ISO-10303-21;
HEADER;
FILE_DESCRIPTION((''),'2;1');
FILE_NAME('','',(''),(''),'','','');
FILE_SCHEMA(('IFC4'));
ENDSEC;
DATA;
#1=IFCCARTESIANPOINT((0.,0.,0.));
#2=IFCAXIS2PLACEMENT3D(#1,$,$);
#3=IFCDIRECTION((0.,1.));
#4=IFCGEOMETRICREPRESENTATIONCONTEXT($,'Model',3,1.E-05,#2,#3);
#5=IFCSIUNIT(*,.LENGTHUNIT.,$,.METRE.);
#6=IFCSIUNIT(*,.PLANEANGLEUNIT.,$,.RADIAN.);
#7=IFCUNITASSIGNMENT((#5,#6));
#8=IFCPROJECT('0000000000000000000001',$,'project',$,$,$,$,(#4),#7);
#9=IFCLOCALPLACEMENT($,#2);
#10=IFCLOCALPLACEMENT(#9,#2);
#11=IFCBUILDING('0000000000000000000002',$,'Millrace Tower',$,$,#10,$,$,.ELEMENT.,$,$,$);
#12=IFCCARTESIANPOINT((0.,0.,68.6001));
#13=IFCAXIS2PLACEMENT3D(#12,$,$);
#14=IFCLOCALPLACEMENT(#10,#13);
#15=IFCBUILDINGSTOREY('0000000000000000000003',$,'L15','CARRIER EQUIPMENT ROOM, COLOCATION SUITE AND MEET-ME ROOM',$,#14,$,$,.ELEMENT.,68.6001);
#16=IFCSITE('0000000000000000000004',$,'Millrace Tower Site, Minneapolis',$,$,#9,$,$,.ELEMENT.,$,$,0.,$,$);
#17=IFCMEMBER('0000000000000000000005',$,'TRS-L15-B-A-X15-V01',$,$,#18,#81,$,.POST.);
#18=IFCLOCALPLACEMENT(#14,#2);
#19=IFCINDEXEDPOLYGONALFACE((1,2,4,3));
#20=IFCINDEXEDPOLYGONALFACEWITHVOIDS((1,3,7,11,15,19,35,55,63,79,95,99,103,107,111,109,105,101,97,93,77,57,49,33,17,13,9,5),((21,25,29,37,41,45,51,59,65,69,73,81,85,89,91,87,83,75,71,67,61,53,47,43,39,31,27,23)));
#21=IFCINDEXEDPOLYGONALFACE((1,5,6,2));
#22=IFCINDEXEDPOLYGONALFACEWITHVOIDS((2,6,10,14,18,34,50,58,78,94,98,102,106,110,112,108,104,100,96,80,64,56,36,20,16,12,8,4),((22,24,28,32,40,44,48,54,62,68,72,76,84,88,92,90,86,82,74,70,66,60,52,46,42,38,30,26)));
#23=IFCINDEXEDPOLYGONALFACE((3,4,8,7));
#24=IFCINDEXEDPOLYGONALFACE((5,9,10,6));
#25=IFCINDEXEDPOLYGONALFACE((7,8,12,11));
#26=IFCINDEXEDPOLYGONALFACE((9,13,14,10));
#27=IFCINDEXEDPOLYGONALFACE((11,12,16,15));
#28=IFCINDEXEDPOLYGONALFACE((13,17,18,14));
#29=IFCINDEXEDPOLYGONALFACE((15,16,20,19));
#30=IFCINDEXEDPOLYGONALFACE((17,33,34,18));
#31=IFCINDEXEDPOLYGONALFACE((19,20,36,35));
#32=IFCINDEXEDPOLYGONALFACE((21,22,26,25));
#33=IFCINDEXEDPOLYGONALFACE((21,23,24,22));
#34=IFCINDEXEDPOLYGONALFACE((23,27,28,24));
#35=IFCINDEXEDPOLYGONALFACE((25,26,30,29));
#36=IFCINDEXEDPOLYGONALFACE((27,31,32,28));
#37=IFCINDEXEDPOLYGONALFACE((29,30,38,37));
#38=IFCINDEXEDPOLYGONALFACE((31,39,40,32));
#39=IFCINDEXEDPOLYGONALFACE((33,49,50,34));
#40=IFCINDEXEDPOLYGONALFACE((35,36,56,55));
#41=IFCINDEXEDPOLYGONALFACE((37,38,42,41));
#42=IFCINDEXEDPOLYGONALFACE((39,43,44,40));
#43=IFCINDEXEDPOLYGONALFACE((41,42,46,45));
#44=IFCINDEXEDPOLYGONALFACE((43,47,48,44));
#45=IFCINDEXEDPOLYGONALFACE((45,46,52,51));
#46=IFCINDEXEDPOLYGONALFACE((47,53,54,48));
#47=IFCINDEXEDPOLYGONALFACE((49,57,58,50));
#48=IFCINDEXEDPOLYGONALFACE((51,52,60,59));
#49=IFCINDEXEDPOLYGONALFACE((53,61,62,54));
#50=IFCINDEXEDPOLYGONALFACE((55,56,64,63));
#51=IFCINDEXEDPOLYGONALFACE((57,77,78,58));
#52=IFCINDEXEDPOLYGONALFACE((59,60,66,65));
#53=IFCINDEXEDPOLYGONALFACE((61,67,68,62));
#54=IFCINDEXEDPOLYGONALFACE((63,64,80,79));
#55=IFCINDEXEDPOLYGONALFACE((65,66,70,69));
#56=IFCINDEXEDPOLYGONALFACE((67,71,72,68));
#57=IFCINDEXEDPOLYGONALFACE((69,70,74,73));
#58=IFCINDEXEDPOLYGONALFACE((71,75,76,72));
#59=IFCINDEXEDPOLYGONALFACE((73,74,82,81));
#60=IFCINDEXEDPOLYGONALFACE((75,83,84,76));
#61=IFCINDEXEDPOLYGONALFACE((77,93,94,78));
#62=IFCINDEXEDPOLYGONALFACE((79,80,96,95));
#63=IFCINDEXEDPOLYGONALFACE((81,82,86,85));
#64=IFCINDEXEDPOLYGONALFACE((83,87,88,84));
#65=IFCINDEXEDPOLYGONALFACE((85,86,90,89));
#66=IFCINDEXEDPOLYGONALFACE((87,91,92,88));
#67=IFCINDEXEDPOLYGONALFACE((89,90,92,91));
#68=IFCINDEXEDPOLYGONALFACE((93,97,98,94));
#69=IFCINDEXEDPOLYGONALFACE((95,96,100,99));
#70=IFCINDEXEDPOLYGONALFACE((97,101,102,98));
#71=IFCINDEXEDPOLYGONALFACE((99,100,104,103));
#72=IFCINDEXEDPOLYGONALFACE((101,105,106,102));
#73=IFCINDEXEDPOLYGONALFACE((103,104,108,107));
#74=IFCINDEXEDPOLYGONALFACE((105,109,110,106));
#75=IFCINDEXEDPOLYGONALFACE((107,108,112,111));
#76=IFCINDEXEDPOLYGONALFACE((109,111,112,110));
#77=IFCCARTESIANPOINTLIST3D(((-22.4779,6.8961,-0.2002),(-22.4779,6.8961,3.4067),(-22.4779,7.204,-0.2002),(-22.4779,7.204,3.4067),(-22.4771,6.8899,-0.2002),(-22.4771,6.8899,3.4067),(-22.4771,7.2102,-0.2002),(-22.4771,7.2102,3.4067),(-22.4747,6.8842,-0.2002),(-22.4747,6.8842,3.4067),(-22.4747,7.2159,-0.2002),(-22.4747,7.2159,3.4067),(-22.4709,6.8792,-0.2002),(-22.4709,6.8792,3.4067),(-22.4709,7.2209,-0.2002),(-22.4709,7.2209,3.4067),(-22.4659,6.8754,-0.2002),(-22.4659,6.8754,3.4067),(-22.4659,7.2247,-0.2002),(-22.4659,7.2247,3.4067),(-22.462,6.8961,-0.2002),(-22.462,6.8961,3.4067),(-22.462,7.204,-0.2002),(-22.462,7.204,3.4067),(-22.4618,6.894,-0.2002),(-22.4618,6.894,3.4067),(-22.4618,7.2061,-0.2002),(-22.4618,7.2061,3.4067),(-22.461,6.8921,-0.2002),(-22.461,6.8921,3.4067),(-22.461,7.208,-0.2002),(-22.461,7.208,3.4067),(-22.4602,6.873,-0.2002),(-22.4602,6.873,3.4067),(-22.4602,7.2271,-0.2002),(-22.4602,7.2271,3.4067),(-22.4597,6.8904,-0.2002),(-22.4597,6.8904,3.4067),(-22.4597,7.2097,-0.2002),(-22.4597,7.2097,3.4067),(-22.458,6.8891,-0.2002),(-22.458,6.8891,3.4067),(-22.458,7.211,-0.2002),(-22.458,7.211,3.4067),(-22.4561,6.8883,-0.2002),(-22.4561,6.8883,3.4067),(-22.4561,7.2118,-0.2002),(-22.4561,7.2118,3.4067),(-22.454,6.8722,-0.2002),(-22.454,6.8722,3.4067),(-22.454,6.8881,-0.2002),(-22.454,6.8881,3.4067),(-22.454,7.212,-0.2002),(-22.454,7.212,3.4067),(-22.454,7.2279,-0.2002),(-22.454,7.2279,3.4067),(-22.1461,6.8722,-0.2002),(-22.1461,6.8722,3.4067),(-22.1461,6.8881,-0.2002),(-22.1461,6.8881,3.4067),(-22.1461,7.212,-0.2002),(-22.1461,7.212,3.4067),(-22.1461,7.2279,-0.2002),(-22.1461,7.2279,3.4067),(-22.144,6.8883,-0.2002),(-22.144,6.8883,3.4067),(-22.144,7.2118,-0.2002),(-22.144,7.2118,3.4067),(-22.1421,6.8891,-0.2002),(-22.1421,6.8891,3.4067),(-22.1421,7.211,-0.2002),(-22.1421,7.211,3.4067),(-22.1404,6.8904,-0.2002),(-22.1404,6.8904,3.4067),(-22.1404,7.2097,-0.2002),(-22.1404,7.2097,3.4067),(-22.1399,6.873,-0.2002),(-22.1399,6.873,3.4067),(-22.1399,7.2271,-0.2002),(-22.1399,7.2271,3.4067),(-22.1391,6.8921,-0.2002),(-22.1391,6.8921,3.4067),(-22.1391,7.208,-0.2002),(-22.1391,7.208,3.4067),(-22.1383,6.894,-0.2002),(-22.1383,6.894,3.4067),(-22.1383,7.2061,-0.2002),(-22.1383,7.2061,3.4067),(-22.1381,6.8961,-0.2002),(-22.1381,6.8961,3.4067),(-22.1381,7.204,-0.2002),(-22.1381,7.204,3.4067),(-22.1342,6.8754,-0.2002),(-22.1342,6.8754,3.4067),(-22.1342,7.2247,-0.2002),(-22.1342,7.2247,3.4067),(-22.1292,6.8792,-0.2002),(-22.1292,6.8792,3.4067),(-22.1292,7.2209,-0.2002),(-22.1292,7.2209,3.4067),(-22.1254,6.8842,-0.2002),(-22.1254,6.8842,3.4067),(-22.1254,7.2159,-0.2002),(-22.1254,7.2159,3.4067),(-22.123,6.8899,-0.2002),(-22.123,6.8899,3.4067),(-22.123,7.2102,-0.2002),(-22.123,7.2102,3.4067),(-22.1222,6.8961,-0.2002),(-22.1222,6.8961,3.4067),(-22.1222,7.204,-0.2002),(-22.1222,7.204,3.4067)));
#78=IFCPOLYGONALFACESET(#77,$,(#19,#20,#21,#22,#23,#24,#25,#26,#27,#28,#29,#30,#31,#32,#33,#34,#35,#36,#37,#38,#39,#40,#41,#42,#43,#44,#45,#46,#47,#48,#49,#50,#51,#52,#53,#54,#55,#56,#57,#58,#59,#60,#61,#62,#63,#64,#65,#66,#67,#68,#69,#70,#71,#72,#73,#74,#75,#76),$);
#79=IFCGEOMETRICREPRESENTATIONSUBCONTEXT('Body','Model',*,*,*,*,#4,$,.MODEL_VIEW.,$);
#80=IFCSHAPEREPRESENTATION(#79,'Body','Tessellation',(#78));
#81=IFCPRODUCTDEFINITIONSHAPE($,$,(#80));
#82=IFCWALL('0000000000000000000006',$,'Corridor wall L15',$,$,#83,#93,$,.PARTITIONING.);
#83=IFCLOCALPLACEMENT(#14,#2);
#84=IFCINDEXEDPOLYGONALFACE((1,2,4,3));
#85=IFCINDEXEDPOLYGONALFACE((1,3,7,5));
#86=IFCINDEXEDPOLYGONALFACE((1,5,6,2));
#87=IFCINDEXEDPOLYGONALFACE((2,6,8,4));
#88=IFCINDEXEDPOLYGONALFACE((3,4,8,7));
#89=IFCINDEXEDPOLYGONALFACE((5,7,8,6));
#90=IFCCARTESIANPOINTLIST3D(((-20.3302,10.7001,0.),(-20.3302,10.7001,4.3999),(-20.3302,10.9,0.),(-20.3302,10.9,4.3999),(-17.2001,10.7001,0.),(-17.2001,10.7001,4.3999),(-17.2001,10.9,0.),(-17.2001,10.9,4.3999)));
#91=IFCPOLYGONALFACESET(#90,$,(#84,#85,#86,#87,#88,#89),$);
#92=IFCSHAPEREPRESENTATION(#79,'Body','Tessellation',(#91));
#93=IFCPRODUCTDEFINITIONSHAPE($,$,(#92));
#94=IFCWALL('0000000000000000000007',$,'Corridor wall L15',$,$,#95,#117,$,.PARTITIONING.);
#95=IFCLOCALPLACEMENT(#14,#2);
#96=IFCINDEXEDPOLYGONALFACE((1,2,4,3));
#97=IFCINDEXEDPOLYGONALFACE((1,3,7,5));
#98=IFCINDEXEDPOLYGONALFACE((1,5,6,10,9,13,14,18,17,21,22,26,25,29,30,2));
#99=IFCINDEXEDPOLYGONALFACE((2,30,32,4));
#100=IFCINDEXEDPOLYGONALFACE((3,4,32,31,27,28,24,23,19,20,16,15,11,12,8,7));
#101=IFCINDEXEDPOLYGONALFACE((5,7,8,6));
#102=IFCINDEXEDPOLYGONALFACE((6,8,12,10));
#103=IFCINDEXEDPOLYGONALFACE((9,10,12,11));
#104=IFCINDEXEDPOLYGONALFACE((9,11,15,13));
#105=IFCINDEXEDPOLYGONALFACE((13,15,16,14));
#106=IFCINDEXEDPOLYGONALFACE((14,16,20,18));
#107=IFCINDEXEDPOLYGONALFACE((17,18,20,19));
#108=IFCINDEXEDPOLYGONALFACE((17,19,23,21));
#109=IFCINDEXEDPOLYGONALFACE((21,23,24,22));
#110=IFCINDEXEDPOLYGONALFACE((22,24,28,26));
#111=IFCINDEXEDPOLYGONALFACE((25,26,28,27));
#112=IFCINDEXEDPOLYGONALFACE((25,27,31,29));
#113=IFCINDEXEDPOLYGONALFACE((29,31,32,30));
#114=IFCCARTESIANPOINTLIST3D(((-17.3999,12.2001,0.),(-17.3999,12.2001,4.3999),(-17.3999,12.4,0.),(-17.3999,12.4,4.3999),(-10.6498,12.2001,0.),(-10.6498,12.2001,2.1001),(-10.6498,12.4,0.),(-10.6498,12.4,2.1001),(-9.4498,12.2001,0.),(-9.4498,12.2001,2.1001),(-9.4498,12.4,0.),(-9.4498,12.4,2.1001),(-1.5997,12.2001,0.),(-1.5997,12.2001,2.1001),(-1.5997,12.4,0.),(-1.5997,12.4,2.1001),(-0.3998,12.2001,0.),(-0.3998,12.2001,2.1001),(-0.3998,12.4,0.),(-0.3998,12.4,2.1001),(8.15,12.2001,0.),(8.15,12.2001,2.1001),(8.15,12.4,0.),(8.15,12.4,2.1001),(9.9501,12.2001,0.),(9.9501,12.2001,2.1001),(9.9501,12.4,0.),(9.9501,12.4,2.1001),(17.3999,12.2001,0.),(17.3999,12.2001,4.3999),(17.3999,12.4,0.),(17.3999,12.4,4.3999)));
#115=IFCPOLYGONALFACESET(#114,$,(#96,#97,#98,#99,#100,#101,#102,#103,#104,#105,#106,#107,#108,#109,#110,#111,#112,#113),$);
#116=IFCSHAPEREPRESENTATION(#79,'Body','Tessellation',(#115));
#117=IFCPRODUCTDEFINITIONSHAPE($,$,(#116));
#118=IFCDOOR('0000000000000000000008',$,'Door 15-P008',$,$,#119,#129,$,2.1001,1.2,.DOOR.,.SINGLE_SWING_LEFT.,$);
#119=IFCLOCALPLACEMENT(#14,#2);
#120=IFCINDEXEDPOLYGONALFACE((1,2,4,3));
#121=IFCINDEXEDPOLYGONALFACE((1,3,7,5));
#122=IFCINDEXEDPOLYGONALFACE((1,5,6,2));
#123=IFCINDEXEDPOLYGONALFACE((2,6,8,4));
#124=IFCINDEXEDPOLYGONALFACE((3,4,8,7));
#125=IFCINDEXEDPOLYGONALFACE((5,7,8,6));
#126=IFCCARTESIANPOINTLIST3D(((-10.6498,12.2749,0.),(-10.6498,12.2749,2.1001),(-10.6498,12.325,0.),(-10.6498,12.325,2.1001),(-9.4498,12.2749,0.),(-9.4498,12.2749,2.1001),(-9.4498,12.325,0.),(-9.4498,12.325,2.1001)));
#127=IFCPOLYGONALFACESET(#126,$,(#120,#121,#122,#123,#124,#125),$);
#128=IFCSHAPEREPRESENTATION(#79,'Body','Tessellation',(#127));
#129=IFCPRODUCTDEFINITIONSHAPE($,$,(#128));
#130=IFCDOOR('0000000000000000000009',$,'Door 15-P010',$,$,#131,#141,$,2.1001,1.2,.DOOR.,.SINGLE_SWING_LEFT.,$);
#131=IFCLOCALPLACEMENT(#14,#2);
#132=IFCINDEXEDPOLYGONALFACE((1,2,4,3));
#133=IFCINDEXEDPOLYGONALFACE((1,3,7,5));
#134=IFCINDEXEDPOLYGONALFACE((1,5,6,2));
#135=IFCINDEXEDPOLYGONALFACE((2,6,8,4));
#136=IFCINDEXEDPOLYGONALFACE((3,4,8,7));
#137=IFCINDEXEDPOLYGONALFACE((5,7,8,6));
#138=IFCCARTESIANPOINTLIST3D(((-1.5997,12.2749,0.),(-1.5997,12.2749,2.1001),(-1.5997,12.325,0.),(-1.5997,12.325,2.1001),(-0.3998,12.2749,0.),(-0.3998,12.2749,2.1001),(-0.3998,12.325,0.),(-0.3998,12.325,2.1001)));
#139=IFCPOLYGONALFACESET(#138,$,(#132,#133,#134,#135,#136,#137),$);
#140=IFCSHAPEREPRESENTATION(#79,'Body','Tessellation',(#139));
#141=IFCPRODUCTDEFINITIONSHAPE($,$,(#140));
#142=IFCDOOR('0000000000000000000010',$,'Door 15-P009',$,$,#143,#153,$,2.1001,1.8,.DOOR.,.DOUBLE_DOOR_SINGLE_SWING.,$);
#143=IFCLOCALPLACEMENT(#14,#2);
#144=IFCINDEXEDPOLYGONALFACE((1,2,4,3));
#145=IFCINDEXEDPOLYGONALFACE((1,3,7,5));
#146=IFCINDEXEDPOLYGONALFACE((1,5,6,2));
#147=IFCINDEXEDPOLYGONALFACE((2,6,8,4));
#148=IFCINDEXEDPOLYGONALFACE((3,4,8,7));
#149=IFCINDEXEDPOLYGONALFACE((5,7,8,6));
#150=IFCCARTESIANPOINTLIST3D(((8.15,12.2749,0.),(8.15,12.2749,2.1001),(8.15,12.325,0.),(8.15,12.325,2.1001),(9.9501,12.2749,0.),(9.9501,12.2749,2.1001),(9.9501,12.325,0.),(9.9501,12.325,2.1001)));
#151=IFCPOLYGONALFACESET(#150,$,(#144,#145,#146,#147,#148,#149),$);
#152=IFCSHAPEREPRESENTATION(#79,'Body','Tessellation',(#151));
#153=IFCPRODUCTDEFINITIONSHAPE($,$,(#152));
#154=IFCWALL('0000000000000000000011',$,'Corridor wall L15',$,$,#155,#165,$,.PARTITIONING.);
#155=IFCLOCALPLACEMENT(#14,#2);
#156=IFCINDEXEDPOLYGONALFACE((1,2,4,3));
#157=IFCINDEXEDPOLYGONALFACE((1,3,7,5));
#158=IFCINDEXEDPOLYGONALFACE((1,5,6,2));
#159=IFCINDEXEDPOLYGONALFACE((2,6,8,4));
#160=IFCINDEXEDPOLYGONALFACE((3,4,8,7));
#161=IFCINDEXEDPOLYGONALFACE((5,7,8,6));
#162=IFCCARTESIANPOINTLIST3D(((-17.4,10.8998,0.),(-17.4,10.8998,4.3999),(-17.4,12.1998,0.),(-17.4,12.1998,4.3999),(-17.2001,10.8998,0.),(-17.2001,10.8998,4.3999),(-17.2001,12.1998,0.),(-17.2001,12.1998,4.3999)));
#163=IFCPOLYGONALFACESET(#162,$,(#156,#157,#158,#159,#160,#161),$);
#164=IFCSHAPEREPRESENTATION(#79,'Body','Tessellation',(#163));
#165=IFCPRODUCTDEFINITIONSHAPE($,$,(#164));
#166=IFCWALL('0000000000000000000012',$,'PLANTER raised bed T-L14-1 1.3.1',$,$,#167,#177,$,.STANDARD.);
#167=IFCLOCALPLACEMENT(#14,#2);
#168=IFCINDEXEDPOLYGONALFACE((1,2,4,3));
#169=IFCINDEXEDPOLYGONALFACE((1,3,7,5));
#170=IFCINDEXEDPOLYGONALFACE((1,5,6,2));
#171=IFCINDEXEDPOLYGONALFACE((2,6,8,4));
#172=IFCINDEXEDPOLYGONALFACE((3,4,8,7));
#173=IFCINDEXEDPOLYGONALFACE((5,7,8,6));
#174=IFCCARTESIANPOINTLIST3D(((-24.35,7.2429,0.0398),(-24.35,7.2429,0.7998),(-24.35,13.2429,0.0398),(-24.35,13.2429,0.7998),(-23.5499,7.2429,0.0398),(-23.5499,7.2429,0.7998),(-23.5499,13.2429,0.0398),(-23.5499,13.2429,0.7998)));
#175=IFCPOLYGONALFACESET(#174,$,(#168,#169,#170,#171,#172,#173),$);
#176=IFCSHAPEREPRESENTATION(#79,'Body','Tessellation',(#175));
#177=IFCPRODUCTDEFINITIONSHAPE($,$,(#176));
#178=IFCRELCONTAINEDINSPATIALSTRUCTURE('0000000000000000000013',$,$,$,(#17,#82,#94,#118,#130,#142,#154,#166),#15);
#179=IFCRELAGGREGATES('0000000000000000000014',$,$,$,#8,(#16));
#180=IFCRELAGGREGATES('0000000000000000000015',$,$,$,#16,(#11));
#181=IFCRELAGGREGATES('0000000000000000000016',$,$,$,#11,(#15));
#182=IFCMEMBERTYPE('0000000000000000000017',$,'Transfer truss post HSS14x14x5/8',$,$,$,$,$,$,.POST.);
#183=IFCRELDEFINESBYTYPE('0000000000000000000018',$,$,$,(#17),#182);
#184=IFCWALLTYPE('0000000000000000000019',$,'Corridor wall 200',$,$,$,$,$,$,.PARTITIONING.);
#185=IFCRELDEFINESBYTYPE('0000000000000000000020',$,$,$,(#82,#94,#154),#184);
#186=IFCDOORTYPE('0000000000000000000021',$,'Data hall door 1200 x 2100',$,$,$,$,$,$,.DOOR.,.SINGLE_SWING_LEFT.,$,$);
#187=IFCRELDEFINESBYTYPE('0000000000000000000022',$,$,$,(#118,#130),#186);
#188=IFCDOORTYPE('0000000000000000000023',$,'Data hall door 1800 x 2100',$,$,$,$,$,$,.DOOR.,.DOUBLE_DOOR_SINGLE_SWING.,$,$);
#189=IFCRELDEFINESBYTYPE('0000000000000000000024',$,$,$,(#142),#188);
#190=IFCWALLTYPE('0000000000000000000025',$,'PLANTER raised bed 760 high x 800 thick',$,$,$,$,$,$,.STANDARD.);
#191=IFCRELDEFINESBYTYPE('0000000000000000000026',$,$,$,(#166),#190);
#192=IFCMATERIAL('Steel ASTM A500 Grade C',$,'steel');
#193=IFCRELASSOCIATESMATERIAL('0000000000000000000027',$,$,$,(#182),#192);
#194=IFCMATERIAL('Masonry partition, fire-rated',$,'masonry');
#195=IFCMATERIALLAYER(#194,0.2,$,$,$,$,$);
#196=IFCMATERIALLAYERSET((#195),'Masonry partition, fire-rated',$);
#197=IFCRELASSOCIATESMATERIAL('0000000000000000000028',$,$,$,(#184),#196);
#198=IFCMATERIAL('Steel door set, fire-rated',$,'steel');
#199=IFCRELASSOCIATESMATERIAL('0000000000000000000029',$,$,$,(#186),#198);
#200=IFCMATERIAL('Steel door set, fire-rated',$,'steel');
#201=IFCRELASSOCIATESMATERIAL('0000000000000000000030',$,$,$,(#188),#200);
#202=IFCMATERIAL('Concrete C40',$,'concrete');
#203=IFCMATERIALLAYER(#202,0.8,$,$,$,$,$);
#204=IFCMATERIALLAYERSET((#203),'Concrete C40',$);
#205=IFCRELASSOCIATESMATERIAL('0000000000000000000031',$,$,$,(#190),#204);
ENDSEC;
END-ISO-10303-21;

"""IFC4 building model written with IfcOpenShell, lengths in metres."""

from ifc_helpers import new_model, si_unit, direction, frame, frame_2d, origin, origin_2d, place, context, subcontext, project, spatial, rectangle, hollow_rectangle, extrude, material, layer, layer_set, material_profile, profile_set, type_object, element, fill, save


model = new_model("IFC4")

# Units and contexts
model_context = context("Model", 3, precision=1e-05, world=origin(), true_north=direction((0.0, 1.0)))
body_context = subcontext(model_context, "Body", "Model", "MODEL_VIEW")
ifc_project = project(units=[si_unit("LENGTHUNIT", "METRE"), si_unit("PLANEANGLEUNIT", "RADIAN")], contexts=[model_context])

# Site, building, storey
site_placement = place(None, origin())
site = spatial("IfcSite", under=ifc_project, at=site_placement, Name="Millrace Tower Site, Minneapolis", CompositionType="ELEMENT", RefElevation=0.0)
building_placement = place(site_placement, origin())
building = spatial("IfcBuilding", under=site, at=building_placement, Name="Millrace Tower", CompositionType="ELEMENT")
storey_placement = place(building_placement, frame((0.0, 0.0, 68.6001)))
storey = spatial("IfcBuildingStorey", under=building, at=storey_placement, Name="L15", Description="CARRIER EQUIPMENT ROOM, COLOCATION SUITE AND MEET-ME ROOM", CompositionType="ELEMENT", Elevation=68.6001)

# Member
ifc_material_1 = material(Name="Steel ASTM A500 Grade C", Category="steel")
ifc_material_profile_1 = material_profile(ifc_material_1, hollow_rectangle(XDim=0.3557, YDim=0.3557, WallThickness=0.0159, InnerFilletRadius=0.0081, OuterFilletRadius=0.0239, at=origin_2d()))
ifc_profile_set_1 = profile_set([ifc_material_profile_1], Name="Steel ASTM A500 Grade C")
member_type_1 = type_object("IfcMemberType", Name="Transfer truss post HSS14x14x5/8", PredefinedType="POST", material=ifc_profile_set_1)
for number, where, z_axis, x_axis, name in (
    (1, (-22.3, 7.05, -0.2002), (0.0, 0.0, 1.0), (1.0, 0.0, 0.0), "TRS-L15-B-A-X15-V01"),
):
    element("IfcMember", number, at=place(storey_placement, frame(where, z_axis=z_axis, x_axis=x_axis)), inside=storey, type_object=member_type_1, Name=name, PredefinedType="POST", context=body_context, shape_type="SweptSolid", body=[
        extrude(hollow_rectangle(XDim=0.3557, YDim=0.3557, WallThickness=0.0159, InnerFilletRadius=0.0081, OuterFilletRadius=0.0239, at=origin_2d()), origin(), (0.0, 0.0, 1.0), 3.6069),
    ])

# Wall
ifc_material_2 = material(Name="Masonry partition, fire-rated", Category="masonry")
ifc_layer_1 = layer(ifc_material_2, 0.2)
ifc_layer_set_1 = layer_set([ifc_layer_1], Name="Masonry partition, fire-rated")
wall_type_1 = type_object("IfcWallType", Name="Corridor wall 200", PredefinedType="PARTITIONING", material=ifc_layer_set_1)
wall_1_placement = place(storey_placement, frame((-20.3301, 10.8, 0.0), z_axis=(0.0, 0.0, 1.0), x_axis=(1.0, 0.0, 0.0)))
element("IfcWall", 2, at=wall_1_placement, inside=storey, type_object=wall_type_1, Name="Corridor wall L15", PredefinedType="PARTITIONING", context=body_context, shape_type="SweptSolid", body=[
    extrude(rectangle(XDim=3.1301, YDim=0.2, at=frame_2d((1.5649, 0.0))), origin(), (0.0, 0.0, 1.0), 4.3999),
])

# Wall, openings, doors
wall_2_placement = place(storey_placement, frame((-17.3999, 12.3, 0.0), z_axis=(0.0, 0.0, 1.0), x_axis=(1.0, 0.0, 0.0)))
wall_2 = element("IfcWall", 3, at=wall_2_placement, inside=storey, type_object=wall_type_1, Name="Corridor wall L15", PredefinedType="PARTITIONING", context=body_context, shape_type="SweptSolid", body=[
    extrude(rectangle(XDim=34.7998, YDim=0.2, at=frame_2d((17.3999, 0.0))), origin(), (0.0, 0.0, 1.0), 4.3999),
])
opening_1_placement = place(wall_2_placement, frame((6.75, 0.0, 0.0)))
opening_1 = element("IfcOpeningElement", 4, at=opening_1_placement, cuts=wall_2, PredefinedType="OPENING", context=body_context, shape_type="SweptSolid", body=[
    extrude(rectangle(XDim=1.2, YDim=2.1001, at=frame_2d((0.6001, 1.05))), frame((0.0, 0.1099, 0.0), z_axis=(0.0, -1.0, 0.0), x_axis=(1.0, 0.0, 0.0)), (0.0, 0.0, 1.0), 0.22),
])
opening_2_placement = place(wall_2_placement, frame((25.55, 0.0, 0.0)))
opening_2 = element("IfcOpeningElement", 5, at=opening_2_placement, cuts=wall_2, PredefinedType="OPENING", context=body_context, shape_type="SweptSolid", body=[
    extrude(rectangle(XDim=1.8, YDim=2.1001, at=frame_2d((0.8999, 1.05))), frame((0.0, 0.1099, 0.0), z_axis=(0.0, -1.0, 0.0), x_axis=(1.0, 0.0, 0.0)), (0.0, 0.0, 1.0), 0.22),
])
opening_3_placement = place(wall_2_placement, frame((15.8, 0.0, 0.0)))
opening_3 = element("IfcOpeningElement", 6, at=opening_3_placement, cuts=wall_2, PredefinedType="OPENING", context=body_context, shape_type="SweptSolid", body=[
    extrude(rectangle(XDim=1.2, YDim=2.1001, at=frame_2d((0.6001, 1.05))), frame((0.0, 0.1099, 0.0), z_axis=(0.0, -1.0, 0.0), x_axis=(1.0, 0.0, 0.0)), (0.0, 0.0, 1.0), 0.22),
])
ifc_material_3 = material(Name="Steel door set, fire-rated", Category="steel")
door_type_1 = type_object("IfcDoorType", Name="Data hall door 1200 x 2100", OperationType="SINGLE_SWING_LEFT", PredefinedType="DOOR", material=ifc_material_3)
door_1_placement = place(opening_1_placement, origin())
door_1 = element("IfcDoor", 7, at=door_1_placement, inside=storey, type_object=door_type_1, Name="Door 15-P008", OperationType="SINGLE_SWING_LEFT", OverallHeight=2.1001, OverallWidth=1.2, PredefinedType="DOOR", context=body_context, shape_type="SweptSolid", body=[
    extrude(rectangle(XDim=1.2, YDim=2.1001, at=frame_2d((0.6001, 1.05))), frame((0.0, 0.0249, 0.0), z_axis=(0.0, -1.0, 0.0), x_axis=(1.0, 0.0, 0.0)), (0.0, 0.0, 1.0), 0.05),
])
fill(opening_1, door_1)
door_2_placement = place(opening_3_placement, origin())
door_2 = element("IfcDoor", 8, at=door_2_placement, inside=storey, type_object=door_type_1, Name="Door 15-P010", OperationType="SINGLE_SWING_LEFT", OverallHeight=2.1001, OverallWidth=1.2, PredefinedType="DOOR", context=body_context, shape_type="SweptSolid", body=[
    extrude(rectangle(XDim=1.2, YDim=2.1001, at=frame_2d((0.6001, 1.05))), frame((0.0, 0.0249, 0.0), z_axis=(0.0, -1.0, 0.0), x_axis=(1.0, 0.0, 0.0)), (0.0, 0.0, 1.0), 0.05),
])
fill(opening_3, door_2)
ifc_material_4 = material(Name="Steel door set, fire-rated", Category="steel")
door_type_2 = type_object("IfcDoorType", Name="Data hall door 1800 x 2100", OperationType="DOUBLE_DOOR_SINGLE_SWING", PredefinedType="DOOR", material=ifc_material_4)
door_3_placement = place(opening_2_placement, origin())
door_3 = element("IfcDoor", 9, at=door_3_placement, inside=storey, type_object=door_type_2, Name="Door 15-P009", OperationType="DOUBLE_DOOR_SINGLE_SWING", OverallHeight=2.1001, OverallWidth=1.8, PredefinedType="DOOR", context=body_context, shape_type="SweptSolid", body=[
    extrude(rectangle(XDim=1.8, YDim=2.1001, at=frame_2d((0.8999, 1.05))), frame((0.0, 0.0249, 0.0), z_axis=(0.0, -1.0, 0.0), x_axis=(1.0, 0.0, 0.0)), (0.0, 0.0, 1.0), 0.05),
])
fill(opening_2, door_3)

# Walls
wall_3_placement = place(storey_placement, frame((-17.3, 10.8999, 0.0), z_axis=(0.0, 0.0, 1.0), x_axis=(0.0, 1.0, 0.0)))
element("IfcWall", 10, at=wall_3_placement, inside=storey, type_object=wall_type_1, Name="Corridor wall L15", PredefinedType="PARTITIONING", context=body_context, shape_type="SweptSolid", body=[
    extrude(rectangle(XDim=1.3, YDim=0.2, at=frame_2d((0.6499, 0.0))), origin(), (0.0, 0.0, 1.0), 4.3999),
])
ifc_material_5 = material(Name="Concrete C40", Category="concrete")
ifc_layer_2 = layer(ifc_material_5, 0.8)
ifc_layer_set_2 = layer_set([ifc_layer_2], Name="Concrete C40")
wall_type_2 = type_object("IfcWallType", Name="PLANTER raised bed 760 high x 800 thick", PredefinedType="STANDARD", material=ifc_layer_set_2)
wall_4_placement = place(storey_placement, frame((-23.95, 13.2429, 0.0398), z_axis=(0.0, 0.0, 1.0), x_axis=(0.0, -1.0, 0.0)))
element("IfcWall", 11, at=wall_4_placement, inside=storey, type_object=wall_type_2, Name="PLANTER raised bed T-L14-1 1.3.1", PredefinedType="STANDARD", context=body_context, shape_type="SweptSolid", body=[
    extrude(rectangle(XDim=6.0, YDim=0.8, at=frame_2d((3.0, 0.0))), origin(), (0.0, 0.0, 1.0), 0.76),
])

save(model, "model.ifc")
